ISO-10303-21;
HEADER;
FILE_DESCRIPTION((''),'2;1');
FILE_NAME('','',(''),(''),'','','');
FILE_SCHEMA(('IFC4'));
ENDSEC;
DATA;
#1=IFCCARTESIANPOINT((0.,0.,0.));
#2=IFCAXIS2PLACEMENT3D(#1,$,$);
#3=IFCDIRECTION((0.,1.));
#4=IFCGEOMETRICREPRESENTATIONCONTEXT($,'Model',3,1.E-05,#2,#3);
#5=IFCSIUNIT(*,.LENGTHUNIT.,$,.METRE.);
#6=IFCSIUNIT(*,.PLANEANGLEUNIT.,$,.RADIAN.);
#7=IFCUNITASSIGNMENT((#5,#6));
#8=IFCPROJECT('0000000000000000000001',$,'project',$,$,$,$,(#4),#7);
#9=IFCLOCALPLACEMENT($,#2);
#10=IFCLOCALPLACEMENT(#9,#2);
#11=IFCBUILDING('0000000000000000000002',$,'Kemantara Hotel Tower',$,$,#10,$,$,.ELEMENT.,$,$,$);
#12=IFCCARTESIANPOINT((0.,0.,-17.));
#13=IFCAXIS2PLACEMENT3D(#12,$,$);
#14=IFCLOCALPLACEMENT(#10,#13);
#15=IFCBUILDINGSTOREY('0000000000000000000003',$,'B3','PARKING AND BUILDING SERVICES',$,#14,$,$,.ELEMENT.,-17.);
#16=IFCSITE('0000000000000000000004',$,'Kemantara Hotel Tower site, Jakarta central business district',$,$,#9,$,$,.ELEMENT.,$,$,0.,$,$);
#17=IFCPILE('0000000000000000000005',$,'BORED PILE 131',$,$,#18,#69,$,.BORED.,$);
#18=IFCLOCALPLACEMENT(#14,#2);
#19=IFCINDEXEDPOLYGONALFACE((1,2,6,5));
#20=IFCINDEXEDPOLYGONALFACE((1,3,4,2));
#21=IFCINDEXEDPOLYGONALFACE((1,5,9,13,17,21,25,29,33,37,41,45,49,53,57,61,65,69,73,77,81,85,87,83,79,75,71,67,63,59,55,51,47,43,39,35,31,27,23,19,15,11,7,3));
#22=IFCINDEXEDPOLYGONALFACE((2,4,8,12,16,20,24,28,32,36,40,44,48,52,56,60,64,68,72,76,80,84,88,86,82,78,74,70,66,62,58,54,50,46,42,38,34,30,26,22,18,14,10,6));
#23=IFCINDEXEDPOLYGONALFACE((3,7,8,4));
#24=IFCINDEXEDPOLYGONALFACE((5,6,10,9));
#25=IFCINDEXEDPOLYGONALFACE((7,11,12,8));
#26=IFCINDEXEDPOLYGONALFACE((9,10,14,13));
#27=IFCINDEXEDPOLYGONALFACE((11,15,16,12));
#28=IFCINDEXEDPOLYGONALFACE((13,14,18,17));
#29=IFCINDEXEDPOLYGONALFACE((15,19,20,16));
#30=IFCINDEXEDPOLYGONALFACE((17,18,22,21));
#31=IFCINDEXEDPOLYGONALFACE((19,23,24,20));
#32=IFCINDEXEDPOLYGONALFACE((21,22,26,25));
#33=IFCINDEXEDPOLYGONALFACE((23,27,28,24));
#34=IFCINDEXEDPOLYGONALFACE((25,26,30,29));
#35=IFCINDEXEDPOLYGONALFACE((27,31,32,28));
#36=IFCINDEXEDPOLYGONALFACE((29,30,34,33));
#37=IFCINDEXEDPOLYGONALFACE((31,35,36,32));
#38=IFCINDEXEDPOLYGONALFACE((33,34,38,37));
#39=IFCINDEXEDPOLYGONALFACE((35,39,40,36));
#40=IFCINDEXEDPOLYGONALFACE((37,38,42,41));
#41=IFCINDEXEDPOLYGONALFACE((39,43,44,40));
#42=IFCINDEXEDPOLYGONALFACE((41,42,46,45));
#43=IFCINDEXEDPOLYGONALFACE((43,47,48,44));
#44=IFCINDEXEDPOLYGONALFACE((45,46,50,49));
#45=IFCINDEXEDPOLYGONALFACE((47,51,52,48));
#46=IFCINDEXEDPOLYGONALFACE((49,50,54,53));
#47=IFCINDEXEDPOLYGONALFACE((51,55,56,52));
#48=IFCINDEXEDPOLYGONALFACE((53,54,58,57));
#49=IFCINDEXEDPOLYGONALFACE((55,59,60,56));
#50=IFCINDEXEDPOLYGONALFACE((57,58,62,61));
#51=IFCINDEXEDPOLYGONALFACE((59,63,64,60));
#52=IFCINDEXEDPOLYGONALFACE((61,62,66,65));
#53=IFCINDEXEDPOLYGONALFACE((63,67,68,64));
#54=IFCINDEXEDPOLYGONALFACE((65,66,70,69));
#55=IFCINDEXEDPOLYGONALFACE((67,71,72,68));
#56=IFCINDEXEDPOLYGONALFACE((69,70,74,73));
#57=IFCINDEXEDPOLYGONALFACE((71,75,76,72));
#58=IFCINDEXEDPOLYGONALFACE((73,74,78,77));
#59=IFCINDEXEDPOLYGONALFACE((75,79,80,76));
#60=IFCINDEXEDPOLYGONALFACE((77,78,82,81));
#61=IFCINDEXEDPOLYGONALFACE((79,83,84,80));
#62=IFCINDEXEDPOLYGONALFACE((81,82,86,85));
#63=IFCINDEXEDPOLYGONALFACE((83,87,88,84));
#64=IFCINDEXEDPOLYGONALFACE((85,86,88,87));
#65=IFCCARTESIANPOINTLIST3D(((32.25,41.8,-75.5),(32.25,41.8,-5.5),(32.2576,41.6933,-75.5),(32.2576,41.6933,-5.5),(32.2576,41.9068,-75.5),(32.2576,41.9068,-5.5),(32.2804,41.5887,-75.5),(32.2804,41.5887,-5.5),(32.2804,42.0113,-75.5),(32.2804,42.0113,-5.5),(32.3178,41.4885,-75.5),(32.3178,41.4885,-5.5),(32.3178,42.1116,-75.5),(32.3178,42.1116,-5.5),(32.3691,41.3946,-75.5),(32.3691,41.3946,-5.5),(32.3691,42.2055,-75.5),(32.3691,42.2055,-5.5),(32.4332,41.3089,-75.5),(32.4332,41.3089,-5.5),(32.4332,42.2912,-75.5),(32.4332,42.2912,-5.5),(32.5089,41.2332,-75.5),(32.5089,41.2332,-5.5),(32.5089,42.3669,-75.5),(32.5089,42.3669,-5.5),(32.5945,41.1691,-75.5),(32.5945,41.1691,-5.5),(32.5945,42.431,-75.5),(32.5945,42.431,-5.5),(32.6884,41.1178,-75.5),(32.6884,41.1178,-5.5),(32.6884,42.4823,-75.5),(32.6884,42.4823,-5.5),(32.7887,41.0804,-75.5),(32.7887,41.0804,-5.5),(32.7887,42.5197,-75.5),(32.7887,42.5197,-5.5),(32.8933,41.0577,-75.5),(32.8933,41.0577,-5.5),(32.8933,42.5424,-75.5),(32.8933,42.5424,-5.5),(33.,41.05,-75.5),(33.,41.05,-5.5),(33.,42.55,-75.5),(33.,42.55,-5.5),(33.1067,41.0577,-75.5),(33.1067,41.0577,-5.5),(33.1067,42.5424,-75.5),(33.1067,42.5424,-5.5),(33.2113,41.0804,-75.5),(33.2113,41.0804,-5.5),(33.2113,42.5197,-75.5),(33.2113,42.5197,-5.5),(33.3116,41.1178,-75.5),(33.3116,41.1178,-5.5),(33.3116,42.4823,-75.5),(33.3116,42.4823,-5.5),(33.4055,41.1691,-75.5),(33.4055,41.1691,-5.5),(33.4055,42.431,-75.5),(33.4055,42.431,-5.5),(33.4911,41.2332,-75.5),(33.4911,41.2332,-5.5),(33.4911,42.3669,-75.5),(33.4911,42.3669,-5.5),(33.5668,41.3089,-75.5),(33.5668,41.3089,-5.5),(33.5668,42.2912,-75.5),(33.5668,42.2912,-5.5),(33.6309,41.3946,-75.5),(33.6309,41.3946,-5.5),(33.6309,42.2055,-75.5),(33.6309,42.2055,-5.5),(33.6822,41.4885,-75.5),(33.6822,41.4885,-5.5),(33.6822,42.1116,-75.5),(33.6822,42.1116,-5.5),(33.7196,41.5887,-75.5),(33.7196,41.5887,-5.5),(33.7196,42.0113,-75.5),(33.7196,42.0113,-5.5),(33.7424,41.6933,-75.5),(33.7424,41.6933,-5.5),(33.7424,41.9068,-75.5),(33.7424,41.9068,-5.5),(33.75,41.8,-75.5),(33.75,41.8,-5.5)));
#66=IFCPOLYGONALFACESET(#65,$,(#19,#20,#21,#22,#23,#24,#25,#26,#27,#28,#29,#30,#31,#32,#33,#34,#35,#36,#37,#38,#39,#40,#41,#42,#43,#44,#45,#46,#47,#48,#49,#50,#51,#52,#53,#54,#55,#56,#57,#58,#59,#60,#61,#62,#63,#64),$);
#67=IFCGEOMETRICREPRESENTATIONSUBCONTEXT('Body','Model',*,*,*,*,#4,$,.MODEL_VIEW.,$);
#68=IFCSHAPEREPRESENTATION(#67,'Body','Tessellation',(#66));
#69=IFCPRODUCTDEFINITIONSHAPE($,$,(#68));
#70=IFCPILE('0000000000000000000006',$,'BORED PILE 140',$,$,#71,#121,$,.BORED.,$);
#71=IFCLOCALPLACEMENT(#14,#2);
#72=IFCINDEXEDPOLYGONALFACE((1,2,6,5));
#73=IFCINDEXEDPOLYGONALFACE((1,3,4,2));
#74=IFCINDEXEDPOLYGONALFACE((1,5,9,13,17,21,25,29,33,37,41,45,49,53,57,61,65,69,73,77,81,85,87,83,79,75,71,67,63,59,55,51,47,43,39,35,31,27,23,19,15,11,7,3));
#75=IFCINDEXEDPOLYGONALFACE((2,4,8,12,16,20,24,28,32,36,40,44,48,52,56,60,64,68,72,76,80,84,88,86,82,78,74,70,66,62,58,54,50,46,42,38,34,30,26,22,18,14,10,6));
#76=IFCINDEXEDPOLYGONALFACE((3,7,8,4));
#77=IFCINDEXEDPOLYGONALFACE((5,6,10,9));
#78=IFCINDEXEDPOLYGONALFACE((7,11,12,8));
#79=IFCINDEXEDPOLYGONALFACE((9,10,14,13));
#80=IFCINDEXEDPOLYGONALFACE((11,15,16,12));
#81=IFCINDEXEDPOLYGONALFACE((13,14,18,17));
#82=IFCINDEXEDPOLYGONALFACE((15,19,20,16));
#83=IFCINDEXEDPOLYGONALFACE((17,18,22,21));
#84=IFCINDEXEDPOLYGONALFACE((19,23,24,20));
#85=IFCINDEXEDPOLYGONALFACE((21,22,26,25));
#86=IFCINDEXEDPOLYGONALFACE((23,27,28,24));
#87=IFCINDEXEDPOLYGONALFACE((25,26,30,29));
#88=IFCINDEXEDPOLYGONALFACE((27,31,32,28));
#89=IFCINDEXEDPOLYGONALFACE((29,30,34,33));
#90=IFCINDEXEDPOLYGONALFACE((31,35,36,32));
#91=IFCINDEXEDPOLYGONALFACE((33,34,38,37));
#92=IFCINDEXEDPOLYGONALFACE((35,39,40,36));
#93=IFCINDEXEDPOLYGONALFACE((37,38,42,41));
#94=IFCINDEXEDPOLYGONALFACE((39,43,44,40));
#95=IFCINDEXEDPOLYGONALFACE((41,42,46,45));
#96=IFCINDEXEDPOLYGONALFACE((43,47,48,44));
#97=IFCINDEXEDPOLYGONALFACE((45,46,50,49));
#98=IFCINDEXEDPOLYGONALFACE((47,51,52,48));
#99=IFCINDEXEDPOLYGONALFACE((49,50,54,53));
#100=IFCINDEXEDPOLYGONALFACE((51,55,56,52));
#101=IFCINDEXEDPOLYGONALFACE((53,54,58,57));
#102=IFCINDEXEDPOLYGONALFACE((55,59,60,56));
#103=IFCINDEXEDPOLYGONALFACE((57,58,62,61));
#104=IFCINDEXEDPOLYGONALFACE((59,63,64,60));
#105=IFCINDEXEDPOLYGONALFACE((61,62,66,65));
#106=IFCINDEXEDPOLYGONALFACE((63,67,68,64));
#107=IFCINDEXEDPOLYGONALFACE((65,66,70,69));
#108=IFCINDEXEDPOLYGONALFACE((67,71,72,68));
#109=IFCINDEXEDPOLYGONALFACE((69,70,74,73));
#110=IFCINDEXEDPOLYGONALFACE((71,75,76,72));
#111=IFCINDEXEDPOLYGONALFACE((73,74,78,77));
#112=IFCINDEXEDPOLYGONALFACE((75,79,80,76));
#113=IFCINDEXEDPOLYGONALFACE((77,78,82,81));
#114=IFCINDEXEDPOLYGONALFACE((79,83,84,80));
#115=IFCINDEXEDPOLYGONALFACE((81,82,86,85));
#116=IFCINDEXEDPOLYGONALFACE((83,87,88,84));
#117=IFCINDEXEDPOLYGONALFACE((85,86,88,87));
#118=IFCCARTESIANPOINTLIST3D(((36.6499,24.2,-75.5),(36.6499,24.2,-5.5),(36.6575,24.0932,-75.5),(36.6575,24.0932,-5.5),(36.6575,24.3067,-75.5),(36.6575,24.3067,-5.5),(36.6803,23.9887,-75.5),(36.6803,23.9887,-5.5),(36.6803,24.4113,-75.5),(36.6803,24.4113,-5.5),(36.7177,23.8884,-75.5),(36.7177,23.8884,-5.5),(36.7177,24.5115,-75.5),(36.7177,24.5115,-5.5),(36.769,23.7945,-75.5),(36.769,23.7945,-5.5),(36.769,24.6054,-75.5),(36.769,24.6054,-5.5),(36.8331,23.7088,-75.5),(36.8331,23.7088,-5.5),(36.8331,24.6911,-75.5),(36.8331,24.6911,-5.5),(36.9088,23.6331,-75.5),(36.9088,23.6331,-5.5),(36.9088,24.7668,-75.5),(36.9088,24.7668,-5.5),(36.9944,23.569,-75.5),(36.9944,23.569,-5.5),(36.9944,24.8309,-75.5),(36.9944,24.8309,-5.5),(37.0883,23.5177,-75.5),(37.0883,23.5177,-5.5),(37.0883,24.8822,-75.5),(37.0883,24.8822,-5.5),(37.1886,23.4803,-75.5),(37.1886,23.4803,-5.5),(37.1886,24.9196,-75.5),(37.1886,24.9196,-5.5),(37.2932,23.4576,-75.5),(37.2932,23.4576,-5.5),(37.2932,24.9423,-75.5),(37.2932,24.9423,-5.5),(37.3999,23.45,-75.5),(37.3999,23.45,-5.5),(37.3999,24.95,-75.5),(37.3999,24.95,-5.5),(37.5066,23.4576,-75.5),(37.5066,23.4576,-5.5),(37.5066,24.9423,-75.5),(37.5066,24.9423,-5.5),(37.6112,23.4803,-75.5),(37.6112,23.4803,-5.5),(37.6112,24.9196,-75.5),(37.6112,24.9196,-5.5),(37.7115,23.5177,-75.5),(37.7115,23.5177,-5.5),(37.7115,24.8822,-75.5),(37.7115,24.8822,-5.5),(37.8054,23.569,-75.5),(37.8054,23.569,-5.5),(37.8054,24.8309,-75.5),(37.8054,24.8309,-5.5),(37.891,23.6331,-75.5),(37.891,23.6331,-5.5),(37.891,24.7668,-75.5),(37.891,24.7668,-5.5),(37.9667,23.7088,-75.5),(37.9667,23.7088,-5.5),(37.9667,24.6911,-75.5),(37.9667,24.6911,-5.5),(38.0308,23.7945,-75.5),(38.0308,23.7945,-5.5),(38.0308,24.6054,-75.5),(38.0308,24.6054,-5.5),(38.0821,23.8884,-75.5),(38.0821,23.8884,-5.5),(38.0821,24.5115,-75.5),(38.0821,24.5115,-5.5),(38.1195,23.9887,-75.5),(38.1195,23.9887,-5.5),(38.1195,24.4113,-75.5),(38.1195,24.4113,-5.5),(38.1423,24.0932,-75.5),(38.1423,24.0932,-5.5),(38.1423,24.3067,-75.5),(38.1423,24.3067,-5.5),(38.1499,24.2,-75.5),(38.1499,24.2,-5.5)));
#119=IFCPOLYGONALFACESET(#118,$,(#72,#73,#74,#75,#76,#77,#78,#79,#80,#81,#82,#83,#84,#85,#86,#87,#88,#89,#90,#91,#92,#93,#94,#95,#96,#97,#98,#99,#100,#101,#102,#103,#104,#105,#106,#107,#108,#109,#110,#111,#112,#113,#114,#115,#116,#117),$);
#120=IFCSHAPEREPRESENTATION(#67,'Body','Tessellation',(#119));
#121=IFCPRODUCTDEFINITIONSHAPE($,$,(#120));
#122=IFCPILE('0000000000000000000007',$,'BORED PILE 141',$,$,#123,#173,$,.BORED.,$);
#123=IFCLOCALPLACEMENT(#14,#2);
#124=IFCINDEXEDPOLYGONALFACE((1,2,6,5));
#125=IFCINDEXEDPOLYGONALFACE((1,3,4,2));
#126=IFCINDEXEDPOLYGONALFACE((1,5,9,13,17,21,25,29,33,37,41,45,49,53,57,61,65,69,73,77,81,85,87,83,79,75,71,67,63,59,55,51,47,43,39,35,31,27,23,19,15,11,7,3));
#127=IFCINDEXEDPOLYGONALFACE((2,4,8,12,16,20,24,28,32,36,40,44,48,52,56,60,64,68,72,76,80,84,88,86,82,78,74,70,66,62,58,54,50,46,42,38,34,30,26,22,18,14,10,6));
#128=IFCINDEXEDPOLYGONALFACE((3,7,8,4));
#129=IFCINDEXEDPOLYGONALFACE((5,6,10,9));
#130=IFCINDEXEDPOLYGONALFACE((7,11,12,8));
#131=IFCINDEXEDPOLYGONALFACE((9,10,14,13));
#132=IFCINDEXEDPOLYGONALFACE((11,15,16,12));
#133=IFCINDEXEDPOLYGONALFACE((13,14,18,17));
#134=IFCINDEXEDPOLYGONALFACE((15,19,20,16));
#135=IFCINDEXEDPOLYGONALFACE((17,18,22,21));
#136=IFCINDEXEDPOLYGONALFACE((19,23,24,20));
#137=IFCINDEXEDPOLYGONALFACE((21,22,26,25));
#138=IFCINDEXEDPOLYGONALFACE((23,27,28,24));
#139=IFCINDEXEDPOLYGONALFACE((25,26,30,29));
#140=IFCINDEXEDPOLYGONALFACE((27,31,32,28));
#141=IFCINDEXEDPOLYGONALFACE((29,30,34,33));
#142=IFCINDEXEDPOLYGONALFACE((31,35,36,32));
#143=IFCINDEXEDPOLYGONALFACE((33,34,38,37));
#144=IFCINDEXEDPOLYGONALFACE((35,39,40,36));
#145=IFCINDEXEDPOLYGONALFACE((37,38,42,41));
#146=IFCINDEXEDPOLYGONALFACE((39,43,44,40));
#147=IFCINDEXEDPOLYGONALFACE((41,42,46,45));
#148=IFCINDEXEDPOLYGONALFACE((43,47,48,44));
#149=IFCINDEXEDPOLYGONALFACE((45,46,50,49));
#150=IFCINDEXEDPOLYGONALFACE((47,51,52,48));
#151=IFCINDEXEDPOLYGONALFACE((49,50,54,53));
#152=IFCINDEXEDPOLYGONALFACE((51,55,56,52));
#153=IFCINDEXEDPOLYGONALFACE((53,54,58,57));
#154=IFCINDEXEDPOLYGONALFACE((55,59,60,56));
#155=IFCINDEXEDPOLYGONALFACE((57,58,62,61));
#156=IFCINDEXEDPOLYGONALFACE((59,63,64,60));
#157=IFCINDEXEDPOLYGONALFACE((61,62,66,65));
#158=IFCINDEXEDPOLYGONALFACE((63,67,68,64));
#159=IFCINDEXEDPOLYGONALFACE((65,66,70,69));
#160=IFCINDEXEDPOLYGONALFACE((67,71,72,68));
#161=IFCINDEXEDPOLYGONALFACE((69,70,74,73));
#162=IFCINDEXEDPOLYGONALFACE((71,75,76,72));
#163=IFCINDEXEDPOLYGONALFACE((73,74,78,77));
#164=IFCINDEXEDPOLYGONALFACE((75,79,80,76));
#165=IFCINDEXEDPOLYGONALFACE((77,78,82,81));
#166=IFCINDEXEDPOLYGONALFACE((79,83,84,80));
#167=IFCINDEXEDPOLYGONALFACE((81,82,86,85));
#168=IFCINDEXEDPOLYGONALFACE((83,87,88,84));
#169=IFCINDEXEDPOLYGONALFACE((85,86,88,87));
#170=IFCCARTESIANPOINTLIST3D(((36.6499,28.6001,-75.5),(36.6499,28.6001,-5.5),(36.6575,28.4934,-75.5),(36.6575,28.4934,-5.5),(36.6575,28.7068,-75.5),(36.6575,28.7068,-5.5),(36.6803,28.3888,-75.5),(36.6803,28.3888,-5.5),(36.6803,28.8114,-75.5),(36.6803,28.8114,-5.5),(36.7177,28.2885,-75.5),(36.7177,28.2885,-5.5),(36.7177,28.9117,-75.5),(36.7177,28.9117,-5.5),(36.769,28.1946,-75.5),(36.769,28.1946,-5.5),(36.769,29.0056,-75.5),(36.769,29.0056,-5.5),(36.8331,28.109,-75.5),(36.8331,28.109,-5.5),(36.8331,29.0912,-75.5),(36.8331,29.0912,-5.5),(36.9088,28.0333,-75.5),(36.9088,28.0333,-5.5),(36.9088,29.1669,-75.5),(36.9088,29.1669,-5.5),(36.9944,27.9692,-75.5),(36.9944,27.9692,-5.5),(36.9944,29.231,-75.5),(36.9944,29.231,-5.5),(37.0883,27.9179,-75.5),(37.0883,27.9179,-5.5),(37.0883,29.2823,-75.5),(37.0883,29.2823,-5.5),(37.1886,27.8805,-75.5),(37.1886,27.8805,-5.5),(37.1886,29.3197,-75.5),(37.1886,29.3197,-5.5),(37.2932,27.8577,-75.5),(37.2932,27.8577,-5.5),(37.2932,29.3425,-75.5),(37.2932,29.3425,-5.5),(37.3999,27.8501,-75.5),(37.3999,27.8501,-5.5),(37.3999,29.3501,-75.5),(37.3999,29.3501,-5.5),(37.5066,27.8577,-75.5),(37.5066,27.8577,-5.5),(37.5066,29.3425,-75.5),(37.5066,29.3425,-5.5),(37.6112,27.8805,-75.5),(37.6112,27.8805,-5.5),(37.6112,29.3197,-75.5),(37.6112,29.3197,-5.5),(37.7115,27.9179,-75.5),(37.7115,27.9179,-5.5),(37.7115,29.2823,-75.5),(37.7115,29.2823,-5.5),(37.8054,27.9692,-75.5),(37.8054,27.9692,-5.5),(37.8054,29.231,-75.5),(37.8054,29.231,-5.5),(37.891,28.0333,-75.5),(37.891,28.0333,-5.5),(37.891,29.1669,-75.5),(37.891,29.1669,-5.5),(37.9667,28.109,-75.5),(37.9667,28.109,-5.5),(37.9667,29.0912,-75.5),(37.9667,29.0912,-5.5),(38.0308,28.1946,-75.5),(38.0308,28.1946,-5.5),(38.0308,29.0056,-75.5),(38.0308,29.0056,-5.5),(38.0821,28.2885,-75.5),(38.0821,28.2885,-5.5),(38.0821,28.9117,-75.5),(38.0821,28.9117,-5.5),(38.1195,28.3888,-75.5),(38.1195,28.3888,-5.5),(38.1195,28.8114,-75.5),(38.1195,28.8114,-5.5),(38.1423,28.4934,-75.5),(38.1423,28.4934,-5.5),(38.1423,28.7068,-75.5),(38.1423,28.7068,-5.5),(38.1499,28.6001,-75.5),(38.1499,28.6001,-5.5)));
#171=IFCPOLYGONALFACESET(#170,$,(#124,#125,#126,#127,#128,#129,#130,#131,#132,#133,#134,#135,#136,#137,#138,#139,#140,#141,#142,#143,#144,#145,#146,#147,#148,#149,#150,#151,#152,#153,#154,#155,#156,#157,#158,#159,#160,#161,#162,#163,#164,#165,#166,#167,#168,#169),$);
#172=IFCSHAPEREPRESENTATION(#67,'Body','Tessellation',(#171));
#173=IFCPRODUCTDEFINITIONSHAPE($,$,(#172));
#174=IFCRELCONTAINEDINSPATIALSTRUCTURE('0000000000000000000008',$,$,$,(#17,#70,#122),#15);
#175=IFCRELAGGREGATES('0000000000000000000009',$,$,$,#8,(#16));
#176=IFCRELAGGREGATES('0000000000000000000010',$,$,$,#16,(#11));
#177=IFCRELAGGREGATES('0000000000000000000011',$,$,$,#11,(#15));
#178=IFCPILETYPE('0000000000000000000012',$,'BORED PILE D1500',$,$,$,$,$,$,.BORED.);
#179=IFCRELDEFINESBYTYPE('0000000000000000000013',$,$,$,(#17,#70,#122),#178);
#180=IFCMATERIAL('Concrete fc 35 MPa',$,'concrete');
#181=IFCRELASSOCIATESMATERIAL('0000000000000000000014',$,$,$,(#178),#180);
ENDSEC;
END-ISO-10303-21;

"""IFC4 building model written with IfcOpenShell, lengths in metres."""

from ifc_helpers import new_model, si_unit, direction, frame, origin, origin_2d, place, context, subcontext, project, spatial, circle, extrude, material, material_profile, profile_set, type_object, element, save


model = new_model("IFC4")

# Units and contexts
model_context = context("Model", 3, precision=1e-05, world=origin(), true_north=direction((0.0, 1.0)))
body_context = subcontext(model_context, "Body", "Model", "MODEL_VIEW")
ifc_project = project(units=[si_unit("LENGTHUNIT", "METRE"), si_unit("PLANEANGLEUNIT", "RADIAN")], contexts=[model_context])

# Site, building, storey
site_placement = place(None, origin())
site = spatial("IfcSite", under=ifc_project, at=site_placement, Name="Kemantara Hotel Tower site, Jakarta central business district", CompositionType="ELEMENT", RefElevation=0.0)
building_placement = place(site_placement, origin())
building = spatial("IfcBuilding", under=site, at=building_placement, Name="Kemantara Hotel Tower", CompositionType="ELEMENT")
storey_placement = place(building_placement, frame((0.0, 0.0, -17.0)))
storey = spatial("IfcBuildingStorey", under=building, at=storey_placement, Name="B3", Description="PARKING AND BUILDING SERVICES", CompositionType="ELEMENT", Elevation=-17.0)

# Piles
ifc_material_1 = material(Name="Concrete fc 35 MPa", Category="concrete")
ifc_material_profile_1 = material_profile(ifc_material_1, circle(Radius=0.75, at=origin_2d()), Name="BORED PILE D1500")
ifc_profile_set_1 = profile_set([ifc_material_profile_1], Name="Concrete fc 35 MPa")
pile_type = type_object("IfcPileType", Name="BORED PILE D1500", PredefinedType="BORED", material=ifc_profile_set_1)
for number, where, z_axis, x_axis, name in (
    (1, (33.0, 41.8, -5.5), (0.0, 0.0, -1.0), (1.0, 0.0, 0.0), "BORED PILE 131"),
    (2, (37.3999, 24.2, -5.5), (0.0, 0.0, -1.0), (1.0, 0.0, 0.0), "BORED PILE 140"),
    (3, (37.3999, 28.6001, -5.5), (0.0, 0.0, -1.0), (1.0, 0.0, 0.0), "BORED PILE 141"),
):
    element("IfcPile", number, at=place(storey_placement, frame(where, z_axis=z_axis, x_axis=x_axis)), inside=storey, type_object=pile_type, Name=name, PredefinedType="BORED", context=body_context, shape_type="SweptSolid", body=[
        extrude(circle(Radius=0.75, at=origin_2d()), origin(), (0.0, 0.0, 1.0), 70.0),
    ])

save(model, "model.ifc")
